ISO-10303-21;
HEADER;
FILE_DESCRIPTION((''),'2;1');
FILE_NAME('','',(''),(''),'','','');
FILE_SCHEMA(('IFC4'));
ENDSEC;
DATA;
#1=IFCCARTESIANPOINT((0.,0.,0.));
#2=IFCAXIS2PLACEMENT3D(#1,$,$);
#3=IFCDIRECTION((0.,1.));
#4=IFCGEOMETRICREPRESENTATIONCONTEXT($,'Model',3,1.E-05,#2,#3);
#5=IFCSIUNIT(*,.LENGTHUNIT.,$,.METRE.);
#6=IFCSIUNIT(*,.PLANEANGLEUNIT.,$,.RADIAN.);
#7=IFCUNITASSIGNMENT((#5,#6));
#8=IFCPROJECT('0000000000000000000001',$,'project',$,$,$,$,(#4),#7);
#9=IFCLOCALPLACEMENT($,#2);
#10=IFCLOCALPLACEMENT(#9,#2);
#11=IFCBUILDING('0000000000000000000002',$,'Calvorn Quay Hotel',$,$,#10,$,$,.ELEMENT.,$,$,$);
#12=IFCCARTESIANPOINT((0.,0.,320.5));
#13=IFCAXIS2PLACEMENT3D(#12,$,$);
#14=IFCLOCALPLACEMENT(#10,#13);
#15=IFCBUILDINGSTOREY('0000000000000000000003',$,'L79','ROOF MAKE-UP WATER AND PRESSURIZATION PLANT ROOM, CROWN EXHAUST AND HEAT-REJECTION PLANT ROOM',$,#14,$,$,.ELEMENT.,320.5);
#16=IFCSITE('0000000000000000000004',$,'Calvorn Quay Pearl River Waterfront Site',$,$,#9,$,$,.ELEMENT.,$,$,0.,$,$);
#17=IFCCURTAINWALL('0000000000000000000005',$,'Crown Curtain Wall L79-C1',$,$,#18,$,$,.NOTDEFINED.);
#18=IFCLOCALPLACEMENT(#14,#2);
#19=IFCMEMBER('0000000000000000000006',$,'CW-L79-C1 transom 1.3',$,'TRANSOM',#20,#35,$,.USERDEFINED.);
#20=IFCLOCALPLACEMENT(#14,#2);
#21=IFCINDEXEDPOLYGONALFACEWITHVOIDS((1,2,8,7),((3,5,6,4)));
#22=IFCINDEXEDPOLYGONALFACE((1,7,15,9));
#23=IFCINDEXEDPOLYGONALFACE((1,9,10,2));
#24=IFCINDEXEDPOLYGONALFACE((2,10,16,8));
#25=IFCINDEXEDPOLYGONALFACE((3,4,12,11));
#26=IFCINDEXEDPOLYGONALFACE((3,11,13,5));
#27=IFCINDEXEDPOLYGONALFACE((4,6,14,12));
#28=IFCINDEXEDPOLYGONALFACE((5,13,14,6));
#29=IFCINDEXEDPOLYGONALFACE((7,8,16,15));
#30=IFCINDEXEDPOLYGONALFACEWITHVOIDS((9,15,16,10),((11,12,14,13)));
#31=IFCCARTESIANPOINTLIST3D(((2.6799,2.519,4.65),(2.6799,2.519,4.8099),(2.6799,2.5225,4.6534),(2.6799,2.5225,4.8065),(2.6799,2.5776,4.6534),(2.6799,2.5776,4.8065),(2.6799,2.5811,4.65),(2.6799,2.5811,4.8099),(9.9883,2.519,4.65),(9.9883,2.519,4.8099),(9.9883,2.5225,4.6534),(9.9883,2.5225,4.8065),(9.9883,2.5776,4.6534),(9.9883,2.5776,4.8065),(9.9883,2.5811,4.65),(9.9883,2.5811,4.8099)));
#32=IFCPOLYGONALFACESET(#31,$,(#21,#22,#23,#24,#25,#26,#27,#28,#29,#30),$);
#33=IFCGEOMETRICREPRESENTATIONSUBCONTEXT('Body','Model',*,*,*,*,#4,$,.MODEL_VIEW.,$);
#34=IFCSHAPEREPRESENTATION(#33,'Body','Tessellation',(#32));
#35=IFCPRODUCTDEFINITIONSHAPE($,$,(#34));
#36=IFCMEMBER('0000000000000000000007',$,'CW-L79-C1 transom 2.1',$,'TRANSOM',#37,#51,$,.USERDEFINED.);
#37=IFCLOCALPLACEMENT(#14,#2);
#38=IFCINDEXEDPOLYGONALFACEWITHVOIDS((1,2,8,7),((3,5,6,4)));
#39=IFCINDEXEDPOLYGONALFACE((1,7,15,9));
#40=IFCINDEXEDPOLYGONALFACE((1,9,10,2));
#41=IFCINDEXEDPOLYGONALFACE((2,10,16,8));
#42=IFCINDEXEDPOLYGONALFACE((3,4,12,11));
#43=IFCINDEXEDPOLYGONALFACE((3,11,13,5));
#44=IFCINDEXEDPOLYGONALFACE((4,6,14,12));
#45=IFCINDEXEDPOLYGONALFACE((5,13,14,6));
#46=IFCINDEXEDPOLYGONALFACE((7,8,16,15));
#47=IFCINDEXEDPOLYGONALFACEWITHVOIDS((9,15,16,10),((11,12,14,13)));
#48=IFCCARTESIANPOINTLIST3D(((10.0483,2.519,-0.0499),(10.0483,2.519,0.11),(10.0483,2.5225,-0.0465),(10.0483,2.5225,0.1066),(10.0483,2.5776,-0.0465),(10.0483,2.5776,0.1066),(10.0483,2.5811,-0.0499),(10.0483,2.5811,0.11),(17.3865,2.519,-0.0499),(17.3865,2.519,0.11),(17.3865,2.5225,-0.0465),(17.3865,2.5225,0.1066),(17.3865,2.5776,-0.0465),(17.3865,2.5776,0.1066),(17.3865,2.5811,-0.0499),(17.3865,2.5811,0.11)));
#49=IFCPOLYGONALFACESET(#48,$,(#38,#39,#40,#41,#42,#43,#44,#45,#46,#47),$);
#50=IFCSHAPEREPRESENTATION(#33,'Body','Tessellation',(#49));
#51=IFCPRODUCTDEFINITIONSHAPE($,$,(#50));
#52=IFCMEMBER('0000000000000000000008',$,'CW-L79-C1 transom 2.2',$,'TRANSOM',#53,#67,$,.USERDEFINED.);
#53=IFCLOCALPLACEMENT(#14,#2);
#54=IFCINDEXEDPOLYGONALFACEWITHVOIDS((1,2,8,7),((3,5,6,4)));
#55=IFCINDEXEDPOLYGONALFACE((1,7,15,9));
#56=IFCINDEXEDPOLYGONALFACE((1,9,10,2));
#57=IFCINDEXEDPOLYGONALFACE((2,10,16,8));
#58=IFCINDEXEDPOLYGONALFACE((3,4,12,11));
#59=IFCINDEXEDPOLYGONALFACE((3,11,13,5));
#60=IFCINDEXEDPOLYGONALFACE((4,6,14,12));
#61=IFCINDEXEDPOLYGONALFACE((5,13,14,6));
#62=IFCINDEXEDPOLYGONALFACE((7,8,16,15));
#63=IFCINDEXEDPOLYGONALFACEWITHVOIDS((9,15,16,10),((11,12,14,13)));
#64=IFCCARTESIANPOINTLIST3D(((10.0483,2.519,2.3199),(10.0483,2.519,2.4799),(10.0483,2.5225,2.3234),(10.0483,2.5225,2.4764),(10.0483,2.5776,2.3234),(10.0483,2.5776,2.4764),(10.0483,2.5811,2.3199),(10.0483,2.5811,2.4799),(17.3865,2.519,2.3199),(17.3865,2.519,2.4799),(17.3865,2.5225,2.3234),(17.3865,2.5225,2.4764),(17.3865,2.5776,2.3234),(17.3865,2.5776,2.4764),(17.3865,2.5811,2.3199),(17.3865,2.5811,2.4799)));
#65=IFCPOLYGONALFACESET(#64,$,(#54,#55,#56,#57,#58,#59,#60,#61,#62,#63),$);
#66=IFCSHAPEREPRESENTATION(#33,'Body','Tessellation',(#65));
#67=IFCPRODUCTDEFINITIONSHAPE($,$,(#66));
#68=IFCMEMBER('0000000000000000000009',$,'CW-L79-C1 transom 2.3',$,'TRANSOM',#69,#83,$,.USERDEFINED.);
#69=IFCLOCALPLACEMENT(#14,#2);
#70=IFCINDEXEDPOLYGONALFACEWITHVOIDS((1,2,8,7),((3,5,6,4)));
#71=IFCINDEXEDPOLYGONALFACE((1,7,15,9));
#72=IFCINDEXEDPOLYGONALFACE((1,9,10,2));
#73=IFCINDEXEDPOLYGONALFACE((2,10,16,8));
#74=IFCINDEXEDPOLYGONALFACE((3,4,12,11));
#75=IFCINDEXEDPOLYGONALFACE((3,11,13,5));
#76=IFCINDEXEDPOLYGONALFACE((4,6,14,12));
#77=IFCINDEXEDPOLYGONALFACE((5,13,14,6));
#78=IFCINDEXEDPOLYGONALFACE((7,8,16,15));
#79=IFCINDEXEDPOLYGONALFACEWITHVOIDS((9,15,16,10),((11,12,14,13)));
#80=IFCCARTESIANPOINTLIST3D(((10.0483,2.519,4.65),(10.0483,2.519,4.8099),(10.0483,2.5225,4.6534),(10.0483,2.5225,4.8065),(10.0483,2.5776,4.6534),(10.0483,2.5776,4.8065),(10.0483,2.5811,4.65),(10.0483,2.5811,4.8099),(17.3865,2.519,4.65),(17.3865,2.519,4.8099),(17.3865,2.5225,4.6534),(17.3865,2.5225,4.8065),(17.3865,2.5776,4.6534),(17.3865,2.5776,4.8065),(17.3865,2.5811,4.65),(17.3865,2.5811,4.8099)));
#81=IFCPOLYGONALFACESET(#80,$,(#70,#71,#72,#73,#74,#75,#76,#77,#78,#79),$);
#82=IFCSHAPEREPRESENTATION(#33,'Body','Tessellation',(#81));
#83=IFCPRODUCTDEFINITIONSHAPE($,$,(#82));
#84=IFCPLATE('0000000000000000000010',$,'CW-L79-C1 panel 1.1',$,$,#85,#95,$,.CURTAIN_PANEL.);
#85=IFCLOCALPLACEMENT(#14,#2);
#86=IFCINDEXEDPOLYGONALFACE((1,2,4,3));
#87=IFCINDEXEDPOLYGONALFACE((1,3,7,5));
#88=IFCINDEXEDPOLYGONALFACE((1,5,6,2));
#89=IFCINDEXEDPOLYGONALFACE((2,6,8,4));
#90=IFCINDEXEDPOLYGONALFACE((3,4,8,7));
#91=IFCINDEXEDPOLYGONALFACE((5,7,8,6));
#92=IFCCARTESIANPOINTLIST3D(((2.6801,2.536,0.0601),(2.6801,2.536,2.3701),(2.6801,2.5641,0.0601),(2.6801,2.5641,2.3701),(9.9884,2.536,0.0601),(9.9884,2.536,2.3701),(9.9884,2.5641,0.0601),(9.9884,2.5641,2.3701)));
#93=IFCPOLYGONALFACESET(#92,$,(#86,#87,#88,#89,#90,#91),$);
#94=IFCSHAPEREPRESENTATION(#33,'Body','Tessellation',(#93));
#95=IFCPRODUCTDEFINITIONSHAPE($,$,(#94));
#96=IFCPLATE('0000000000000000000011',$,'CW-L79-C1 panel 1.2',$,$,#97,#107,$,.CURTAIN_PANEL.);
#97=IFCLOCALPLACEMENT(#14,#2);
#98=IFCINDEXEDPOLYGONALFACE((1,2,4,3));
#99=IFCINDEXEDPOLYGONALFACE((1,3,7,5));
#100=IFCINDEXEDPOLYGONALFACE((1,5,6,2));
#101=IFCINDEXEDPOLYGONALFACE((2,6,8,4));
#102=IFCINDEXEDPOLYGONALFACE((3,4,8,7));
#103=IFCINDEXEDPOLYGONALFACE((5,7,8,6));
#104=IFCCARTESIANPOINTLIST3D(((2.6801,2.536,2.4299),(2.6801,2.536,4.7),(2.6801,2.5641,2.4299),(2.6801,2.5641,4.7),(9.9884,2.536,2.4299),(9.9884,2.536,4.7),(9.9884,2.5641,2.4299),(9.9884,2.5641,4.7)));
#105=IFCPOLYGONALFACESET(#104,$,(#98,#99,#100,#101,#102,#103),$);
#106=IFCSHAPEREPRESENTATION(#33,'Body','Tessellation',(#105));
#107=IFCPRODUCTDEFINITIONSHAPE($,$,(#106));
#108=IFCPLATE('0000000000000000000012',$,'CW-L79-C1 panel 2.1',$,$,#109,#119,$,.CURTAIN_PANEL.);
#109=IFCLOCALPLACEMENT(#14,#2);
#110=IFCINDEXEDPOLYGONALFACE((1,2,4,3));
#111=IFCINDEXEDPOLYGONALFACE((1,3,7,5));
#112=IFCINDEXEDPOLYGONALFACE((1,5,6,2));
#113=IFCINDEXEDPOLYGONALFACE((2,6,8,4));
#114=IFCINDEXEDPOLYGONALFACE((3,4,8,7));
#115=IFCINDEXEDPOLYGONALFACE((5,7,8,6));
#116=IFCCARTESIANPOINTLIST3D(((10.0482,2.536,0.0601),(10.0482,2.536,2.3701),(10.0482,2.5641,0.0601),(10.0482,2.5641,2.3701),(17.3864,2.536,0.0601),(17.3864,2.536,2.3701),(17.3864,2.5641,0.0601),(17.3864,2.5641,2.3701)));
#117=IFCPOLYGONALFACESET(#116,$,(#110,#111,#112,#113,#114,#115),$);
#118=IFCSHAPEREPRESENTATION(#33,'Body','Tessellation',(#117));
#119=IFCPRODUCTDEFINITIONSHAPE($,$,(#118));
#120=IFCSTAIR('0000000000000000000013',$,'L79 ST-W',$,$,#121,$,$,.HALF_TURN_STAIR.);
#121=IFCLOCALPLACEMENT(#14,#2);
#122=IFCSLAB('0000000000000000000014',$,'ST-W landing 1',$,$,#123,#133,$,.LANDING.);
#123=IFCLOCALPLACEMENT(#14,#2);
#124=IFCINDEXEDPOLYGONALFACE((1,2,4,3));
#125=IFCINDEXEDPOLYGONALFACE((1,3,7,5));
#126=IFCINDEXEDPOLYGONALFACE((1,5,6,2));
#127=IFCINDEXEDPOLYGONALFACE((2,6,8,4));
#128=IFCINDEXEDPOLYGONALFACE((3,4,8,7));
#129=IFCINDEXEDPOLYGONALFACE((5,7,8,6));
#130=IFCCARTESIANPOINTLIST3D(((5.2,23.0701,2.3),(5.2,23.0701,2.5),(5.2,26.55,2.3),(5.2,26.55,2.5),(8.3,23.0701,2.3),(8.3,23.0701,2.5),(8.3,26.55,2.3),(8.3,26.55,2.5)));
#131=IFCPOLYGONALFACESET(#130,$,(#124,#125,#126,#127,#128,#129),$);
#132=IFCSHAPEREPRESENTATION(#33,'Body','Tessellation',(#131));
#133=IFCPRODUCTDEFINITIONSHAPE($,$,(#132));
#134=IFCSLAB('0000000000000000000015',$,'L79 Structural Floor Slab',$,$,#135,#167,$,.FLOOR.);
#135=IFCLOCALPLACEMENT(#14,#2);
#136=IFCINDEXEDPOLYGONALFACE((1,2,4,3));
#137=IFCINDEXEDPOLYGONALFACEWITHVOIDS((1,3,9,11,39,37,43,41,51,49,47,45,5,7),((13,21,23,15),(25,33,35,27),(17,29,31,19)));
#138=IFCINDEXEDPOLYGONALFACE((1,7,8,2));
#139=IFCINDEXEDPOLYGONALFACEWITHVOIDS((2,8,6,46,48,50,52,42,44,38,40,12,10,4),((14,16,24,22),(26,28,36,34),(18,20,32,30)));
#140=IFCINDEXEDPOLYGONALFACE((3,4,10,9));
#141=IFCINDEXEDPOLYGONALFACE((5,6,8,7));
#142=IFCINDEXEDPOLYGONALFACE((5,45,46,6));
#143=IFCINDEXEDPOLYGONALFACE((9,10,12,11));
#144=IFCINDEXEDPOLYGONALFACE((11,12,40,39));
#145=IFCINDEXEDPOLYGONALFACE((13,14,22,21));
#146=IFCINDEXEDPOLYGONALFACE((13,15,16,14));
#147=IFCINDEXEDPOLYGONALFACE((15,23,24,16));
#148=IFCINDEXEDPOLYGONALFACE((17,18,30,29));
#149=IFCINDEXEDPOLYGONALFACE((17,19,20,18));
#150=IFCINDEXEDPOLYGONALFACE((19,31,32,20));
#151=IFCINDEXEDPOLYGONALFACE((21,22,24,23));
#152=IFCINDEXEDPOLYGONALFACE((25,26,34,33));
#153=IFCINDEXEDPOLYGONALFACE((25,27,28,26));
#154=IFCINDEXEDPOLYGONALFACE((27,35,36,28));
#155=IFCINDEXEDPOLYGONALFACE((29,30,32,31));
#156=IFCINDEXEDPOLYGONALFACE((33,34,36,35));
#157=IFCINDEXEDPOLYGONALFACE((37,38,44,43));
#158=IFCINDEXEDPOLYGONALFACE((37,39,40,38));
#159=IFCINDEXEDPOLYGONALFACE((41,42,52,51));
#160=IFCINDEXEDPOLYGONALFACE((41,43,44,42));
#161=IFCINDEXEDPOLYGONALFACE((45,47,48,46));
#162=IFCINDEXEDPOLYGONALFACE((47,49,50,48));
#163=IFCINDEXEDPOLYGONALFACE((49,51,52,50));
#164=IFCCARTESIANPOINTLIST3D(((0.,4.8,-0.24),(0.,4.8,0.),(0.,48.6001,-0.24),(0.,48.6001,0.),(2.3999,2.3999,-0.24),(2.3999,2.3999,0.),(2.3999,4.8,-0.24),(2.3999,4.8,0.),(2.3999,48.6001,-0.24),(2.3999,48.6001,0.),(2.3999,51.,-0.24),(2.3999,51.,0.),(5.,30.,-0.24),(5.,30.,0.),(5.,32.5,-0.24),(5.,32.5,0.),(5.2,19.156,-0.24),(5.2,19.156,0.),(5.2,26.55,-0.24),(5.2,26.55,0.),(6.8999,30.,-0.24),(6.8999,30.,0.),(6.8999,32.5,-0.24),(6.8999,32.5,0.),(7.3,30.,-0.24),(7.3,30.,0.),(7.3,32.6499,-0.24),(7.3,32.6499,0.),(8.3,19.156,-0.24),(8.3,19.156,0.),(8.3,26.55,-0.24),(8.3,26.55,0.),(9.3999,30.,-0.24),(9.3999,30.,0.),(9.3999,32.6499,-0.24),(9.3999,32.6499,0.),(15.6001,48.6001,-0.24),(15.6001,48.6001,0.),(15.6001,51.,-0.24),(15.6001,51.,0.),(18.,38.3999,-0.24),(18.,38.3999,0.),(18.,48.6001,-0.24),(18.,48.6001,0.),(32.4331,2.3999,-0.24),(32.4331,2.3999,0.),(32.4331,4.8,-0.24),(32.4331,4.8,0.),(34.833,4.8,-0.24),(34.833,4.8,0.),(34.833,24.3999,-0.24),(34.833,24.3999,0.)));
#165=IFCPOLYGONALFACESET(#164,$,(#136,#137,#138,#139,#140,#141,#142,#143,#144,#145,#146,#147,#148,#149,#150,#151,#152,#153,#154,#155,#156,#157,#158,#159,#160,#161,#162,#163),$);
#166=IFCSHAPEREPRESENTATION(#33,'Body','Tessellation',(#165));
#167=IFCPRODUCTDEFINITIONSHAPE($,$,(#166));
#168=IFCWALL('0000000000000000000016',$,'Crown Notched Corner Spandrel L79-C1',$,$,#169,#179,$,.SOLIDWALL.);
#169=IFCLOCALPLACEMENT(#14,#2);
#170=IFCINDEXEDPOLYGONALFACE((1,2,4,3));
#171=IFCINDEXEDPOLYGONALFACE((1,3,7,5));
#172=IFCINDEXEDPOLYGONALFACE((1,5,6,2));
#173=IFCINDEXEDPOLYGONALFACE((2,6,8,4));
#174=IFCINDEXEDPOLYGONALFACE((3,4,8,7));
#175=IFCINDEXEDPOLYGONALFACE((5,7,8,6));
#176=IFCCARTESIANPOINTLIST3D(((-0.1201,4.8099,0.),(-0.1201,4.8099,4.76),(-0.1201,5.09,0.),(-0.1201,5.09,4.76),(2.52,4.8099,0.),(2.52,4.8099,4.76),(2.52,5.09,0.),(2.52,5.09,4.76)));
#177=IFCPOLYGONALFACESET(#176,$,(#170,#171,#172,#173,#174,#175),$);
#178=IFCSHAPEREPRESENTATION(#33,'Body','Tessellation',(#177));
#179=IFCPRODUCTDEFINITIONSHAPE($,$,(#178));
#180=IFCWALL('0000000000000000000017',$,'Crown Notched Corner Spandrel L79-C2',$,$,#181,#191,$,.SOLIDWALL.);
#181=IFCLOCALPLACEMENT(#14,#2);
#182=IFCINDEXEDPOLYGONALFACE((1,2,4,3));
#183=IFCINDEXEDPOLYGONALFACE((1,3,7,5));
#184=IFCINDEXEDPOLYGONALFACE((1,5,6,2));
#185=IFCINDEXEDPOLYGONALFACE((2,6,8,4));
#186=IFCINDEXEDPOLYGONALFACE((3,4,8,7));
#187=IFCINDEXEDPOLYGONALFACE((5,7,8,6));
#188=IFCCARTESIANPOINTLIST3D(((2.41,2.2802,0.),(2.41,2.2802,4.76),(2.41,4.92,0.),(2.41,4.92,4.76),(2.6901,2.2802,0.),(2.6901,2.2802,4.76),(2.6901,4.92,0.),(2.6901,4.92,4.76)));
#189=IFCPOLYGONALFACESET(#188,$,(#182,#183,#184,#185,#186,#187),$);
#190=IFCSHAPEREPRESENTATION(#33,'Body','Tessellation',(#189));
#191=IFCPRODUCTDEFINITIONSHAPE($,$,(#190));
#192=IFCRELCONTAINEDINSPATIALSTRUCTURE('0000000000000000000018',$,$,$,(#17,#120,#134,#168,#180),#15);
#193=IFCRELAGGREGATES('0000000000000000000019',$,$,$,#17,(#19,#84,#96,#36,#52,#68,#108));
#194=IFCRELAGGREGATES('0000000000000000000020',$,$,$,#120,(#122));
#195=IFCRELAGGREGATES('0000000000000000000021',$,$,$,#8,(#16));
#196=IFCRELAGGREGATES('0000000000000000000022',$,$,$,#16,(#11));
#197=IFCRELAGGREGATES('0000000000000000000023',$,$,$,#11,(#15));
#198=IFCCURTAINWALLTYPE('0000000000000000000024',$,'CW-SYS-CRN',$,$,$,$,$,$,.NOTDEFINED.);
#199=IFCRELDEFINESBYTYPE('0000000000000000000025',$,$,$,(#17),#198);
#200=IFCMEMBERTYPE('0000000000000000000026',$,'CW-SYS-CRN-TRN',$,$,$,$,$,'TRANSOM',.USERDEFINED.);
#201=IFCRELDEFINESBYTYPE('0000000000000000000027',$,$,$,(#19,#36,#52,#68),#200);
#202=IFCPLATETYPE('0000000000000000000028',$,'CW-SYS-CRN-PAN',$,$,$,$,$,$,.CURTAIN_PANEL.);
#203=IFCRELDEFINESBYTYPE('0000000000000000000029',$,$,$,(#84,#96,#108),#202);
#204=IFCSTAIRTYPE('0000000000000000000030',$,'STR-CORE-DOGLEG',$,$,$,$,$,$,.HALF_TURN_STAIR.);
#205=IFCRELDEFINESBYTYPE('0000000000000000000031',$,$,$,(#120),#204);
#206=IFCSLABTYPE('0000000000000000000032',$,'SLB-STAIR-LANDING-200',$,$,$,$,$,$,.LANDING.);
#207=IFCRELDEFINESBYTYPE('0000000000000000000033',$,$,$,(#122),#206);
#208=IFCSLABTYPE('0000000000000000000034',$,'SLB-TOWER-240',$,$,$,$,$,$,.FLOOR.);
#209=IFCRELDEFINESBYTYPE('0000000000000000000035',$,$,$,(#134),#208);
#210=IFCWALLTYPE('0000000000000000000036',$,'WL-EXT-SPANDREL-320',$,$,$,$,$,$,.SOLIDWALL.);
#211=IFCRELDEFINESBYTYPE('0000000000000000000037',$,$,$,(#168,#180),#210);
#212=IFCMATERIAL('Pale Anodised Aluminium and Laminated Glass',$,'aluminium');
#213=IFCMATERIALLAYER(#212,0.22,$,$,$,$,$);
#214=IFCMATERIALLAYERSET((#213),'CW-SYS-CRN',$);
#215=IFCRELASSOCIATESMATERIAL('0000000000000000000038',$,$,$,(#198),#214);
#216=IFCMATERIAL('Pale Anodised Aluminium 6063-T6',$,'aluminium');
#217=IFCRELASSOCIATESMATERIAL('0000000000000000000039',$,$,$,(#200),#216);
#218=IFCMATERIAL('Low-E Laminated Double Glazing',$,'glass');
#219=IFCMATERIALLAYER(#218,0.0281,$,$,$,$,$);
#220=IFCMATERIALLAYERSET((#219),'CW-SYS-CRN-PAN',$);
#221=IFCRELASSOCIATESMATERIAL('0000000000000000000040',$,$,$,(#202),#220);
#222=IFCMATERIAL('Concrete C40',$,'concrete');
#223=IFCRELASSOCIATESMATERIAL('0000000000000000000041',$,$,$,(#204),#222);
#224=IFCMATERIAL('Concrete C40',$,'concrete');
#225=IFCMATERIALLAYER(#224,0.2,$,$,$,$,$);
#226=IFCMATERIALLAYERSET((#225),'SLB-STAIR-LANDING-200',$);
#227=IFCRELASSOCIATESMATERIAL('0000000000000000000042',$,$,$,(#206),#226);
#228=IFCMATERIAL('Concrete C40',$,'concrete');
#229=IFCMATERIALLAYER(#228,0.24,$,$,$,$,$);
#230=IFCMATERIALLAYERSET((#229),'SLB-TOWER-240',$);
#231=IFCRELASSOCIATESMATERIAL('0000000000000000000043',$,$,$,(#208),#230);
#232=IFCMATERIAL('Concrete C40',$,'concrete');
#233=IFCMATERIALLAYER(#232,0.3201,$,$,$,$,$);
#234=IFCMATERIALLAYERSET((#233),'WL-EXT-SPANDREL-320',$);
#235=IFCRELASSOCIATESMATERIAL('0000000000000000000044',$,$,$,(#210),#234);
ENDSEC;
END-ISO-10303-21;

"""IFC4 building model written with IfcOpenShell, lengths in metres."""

from ifc_helpers import new_model, si_unit, direction, frame, frame_2d, origin, origin_2d, place, context, subcontext, project, spatial, polyline, rectangle, hollow_rectangle, outline, extrude, material, layer, layer_set, material_profile, profile_set, type_object, element, aggregate, save


model = new_model("IFC4")

# Units and contexts
model_context = context("Model", 3, precision=1e-05, world=origin(), true_north=direction((0.0, 1.0)))
body_context = subcontext(model_context, "Body", "Model", "MODEL_VIEW")
ifc_project = project(units=[si_unit("LENGTHUNIT", "METRE"), si_unit("PLANEANGLEUNIT", "RADIAN")], contexts=[model_context])

# Site, building, storey
site_placement = place(None, origin())
site = spatial("IfcSite", under=ifc_project, at=site_placement, Name="Calvorn Quay Pearl River Waterfront Site", CompositionType="ELEMENT", RefElevation=0.0)
building_placement = place(site_placement, origin())
building = spatial("IfcBuilding", under=site, at=building_placement, Name="Calvorn Quay Hotel", CompositionType="ELEMENT")
storey_placement = place(building_placement, frame((0.0, 0.0, 320.5)))
storey = spatial("IfcBuildingStorey", under=building, at=storey_placement, Name="L79", Description="ROOF MAKE-UP WATER AND PRESSURIZATION PLANT ROOM, CROWN EXHAUST AND HEAT-REJECTION PLANT ROOM", CompositionType="ELEMENT", Elevation=320.5)

# Curtain wall
ifc_material_1 = material(Name="Pale Anodised Aluminium and Laminated Glass", Category="aluminium")
ifc_layer_1 = layer(ifc_material_1, 0.22)
ifc_layer_set_1 = layer_set([ifc_layer_1], Name="CW-SYS-CRN")
curtain_wall_type = type_object("IfcCurtainWallType", Name="CW-SYS-CRN", PredefinedType="NOTDEFINED", material=ifc_layer_set_1)
curtain_wall_1_placement = place(storey_placement, origin())
curtain_wall_1 = element("IfcCurtainWall", 1, at=curtain_wall_1_placement, inside=storey, type_object=curtain_wall_type, Name="Crown Curtain Wall L79-C1", PredefinedType="NOTDEFINED")

# Members
ifc_material_2 = material(Name="Pale Anodised Aluminium 6063-T6", Category="aluminium")
ifc_material_profile_1 = material_profile(ifc_material_2, hollow_rectangle(XDim=0.062, YDim=0.1599, WallThickness=0.0034, at=origin_2d()), Name="ALU-T160x62x3.5")
ifc_profile_set_1 = profile_set([ifc_material_profile_1], Name="Pale Anodised Aluminium 6063-T6")
member_type_1 = type_object("IfcMemberType", Name="CW-SYS-CRN-TRN", ElementType="TRANSOM", PredefinedType="USERDEFINED", material=ifc_profile_set_1)
member_1_placement = place(storey_placement, frame((2.6799, 2.55, 4.73), z_axis=(1.0, 0.0, 0.0), x_axis=(0.0, 1.0, 0.0)))
member_1 = element("IfcMember", 2, at=member_1_placement, type_object=member_type_1, Name="CW-L79-C1 transom 1.3", ObjectType="TRANSOM", PredefinedType="USERDEFINED", context=body_context, shape_type="SweptSolid", body=[
    extrude(hollow_rectangle(XDim=0.062, YDim=0.1599, WallThickness=0.0034, at=origin_2d()), origin(), (0.0, 0.0, 1.0), 7.3083),
])
member_2_placement = place(storey_placement, frame((10.0483, 2.55, 0.03), z_axis=(1.0, 0.0, 0.0), x_axis=(0.0, 1.0, 0.0)))
member_2 = element("IfcMember", 3, at=member_2_placement, type_object=member_type_1, Name="CW-L79-C1 transom 2.1", ObjectType="TRANSOM", PredefinedType="USERDEFINED", context=body_context, shape_type="SweptSolid", body=[
    extrude(hollow_rectangle(XDim=0.062, YDim=0.1599, WallThickness=0.0034, at=origin_2d()), origin(), (0.0, 0.0, 1.0), 7.3381),
])
member_3_placement = place(storey_placement, frame((10.0483, 2.55, 2.3999), z_axis=(1.0, 0.0, 0.0), x_axis=(0.0, 1.0, 0.0)))
member_3 = element("IfcMember", 4, at=member_3_placement, type_object=member_type_1, Name="CW-L79-C1 transom 2.2", ObjectType="TRANSOM", PredefinedType="USERDEFINED", context=body_context, shape_type="SweptSolid", body=[
    extrude(hollow_rectangle(XDim=0.062, YDim=0.1599, WallThickness=0.0034, at=origin_2d()), origin(), (0.0, 0.0, 1.0), 7.3381),
])
member_4_placement = place(storey_placement, frame((10.0483, 2.55, 4.73), z_axis=(1.0, 0.0, 0.0), x_axis=(0.0, 1.0, 0.0)))
member_4 = element("IfcMember", 5, at=member_4_placement, type_object=member_type_1, Name="CW-L79-C1 transom 2.3", ObjectType="TRANSOM", PredefinedType="USERDEFINED", context=body_context, shape_type="SweptSolid", body=[
    extrude(hollow_rectangle(XDim=0.062, YDim=0.1599, WallThickness=0.0034, at=origin_2d()), origin(), (0.0, 0.0, 1.0), 7.3381),
])

# Plates
ifc_material_3 = material(Name="Low-E Laminated Double Glazing", Category="glass")
ifc_layer_2 = layer(ifc_material_3, 0.0281)
ifc_layer_set_2 = layer_set([ifc_layer_2], Name="CW-SYS-CRN-PAN")
plate_type = type_object("IfcPlateType", Name="CW-SYS-CRN-PAN", PredefinedType="CURTAIN_PANEL", material=ifc_layer_set_2)
plate_1_placement = place(storey_placement, frame((6.3342, 2.55, 0.0601), z_axis=(0.0, 0.0, 1.0), x_axis=(1.0, 0.0, 0.0)))
plate_1 = element("IfcPlate", 6, at=plate_1_placement, type_object=plate_type, Name="CW-L79-C1 panel 1.1", PredefinedType="CURTAIN_PANEL", context=body_context, shape_type="SweptSolid", body=[
    extrude(rectangle(XDim=7.3083, YDim=0.0281, at=origin_2d()), origin(), (0.0, 0.0, 1.0), 2.3101),
])
plate_2_placement = place(storey_placement, frame((6.3342, 2.55, 2.4299), z_axis=(0.0, 0.0, 1.0), x_axis=(1.0, 0.0, 0.0)))
plate_2 = element("IfcPlate", 7, at=plate_2_placement, type_object=plate_type, Name="CW-L79-C1 panel 1.2", PredefinedType="CURTAIN_PANEL", context=body_context, shape_type="SweptSolid", body=[
    extrude(rectangle(XDim=7.3083, YDim=0.0281, at=origin_2d()), origin(), (0.0, 0.0, 1.0), 2.27),
])
plate_3_placement = place(storey_placement, frame((13.7173, 2.55, 0.0601), z_axis=(0.0, 0.0, 1.0), x_axis=(1.0, 0.0, 0.0)))
plate_3 = element("IfcPlate", 8, at=plate_3_placement, type_object=plate_type, Name="CW-L79-C1 panel 2.1", PredefinedType="CURTAIN_PANEL", context=body_context, shape_type="SweptSolid", body=[
    extrude(rectangle(XDim=7.3381, YDim=0.0281, at=origin_2d()), origin(), (0.0, 0.0, 1.0), 2.3101),
])
aggregate(curtain_wall_1, [member_1, plate_1, plate_2, member_2, member_3, member_4, plate_3])

# Stair, slab
ifc_material_4 = material(Name="Concrete C40", Category="concrete")
stair_type = type_object("IfcStairType", Name="STR-CORE-DOGLEG", PredefinedType="HALF_TURN_STAIR", material=ifc_material_4)
stair_placement = place(storey_placement, origin())
stair = element("IfcStair", 9, at=stair_placement, inside=storey, type_object=stair_type, Name="L79 ST-W", PredefinedType="HALF_TURN_STAIR")
ifc_material_5 = material(Name="Concrete C40", Category="concrete")
ifc_layer_3 = layer(ifc_material_5, 0.2)
ifc_layer_set_3 = layer_set([ifc_layer_3], Name="SLB-STAIR-LANDING-200")
slab_type_1 = type_object("IfcSlabType", Name="SLB-STAIR-LANDING-200", PredefinedType="LANDING", material=ifc_layer_set_3)
slab_1_placement = place(storey_placement, frame((0.0, 0.0, 2.3)))
slab_1 = element("IfcSlab", 10, at=slab_1_placement, type_object=slab_type_1, Name="ST-W landing 1", PredefinedType="LANDING", context=body_context, shape_type="SweptSolid", body=[
    extrude(outline(polyline([(8.3, 23.0701), (8.3, 26.55), (5.2, 26.55), (5.2, 23.0701), (8.3, 23.0701)])), origin(), (0.0, 0.0, 1.0), 0.2),
])
aggregate(stair, [slab_1])

# Slab
ifc_material_6 = material(Name="Concrete C40", Category="concrete")
ifc_layer_4 = layer(ifc_material_6, 0.24)
ifc_layer_set_4 = layer_set([ifc_layer_4], Name="SLB-TOWER-240")
slab_type_2 = type_object("IfcSlabType", Name="SLB-TOWER-240", PredefinedType="FLOOR", material=ifc_layer_set_4)
slab_2_placement = place(storey_placement, frame((0.0, 0.0, -0.24)))
element("IfcSlab", 11, at=slab_2_placement, inside=storey, type_object=slab_type_2, Name="L79 Structural Floor Slab", PredefinedType="FLOOR", context=body_context, shape_type="SweptSolid", body=[
    extrude(outline(polyline([(0.0, 4.8), (2.3999, 4.8), (2.3999, 2.3999), (32.4331, 2.3999), (32.4331, 4.8), (34.833, 4.8), (34.833, 24.3999), (18.0, 38.3999), (18.0, 48.6001), (15.6001, 48.6001), (15.6001, 51.0), (2.3999, 51.0), (2.3999, 48.6001), (0.0, 48.6001), (0.0, 4.8)]), holes=[polyline([(5.2, 19.156), (8.3, 19.156), (8.3, 26.55), (5.2, 26.55), (5.2, 19.156)]), polyline([(5.0, 30.0), (6.8999, 30.0), (6.8999, 32.5), (5.0, 32.5), (5.0, 30.0)]), polyline([(7.3, 30.0), (9.3999, 30.0), (9.3999, 32.6499), (7.3, 32.6499), (7.3, 30.0)])]), origin(), (0.0, 0.0, 1.0), 0.24),
])

# Walls
ifc_material_7 = material(Name="Concrete C40", Category="concrete")
ifc_layer_5 = layer(ifc_material_7, 0.3201)
ifc_layer_set_5 = layer_set([ifc_layer_5], Name="WL-EXT-SPANDREL-320")
wall_type = type_object("IfcWallType", Name="WL-EXT-SPANDREL-320", PredefinedType="SOLIDWALL", material=ifc_layer_set_5)
wall_1_placement = place(storey_placement, frame((-0.1201, 4.95, 0.0), z_axis=(0.0, 0.0, 1.0), x_axis=(1.0, 0.0, 0.0)))
element("IfcWall", 12, at=wall_1_placement, inside=storey, type_object=wall_type, Name="Crown Notched Corner Spandrel L79-C1", PredefinedType="SOLIDWALL", context=body_context, shape_type="SweptSolid", body=[
    extrude(rectangle(XDim=2.6401, YDim=0.28, at=frame_2d((1.3201, 0.0))), origin(), (0.0, 0.0, 1.0), 4.76),
])
wall_2_placement = place(storey_placement, frame((2.55, 4.9199, 0.0), z_axis=(0.0, 0.0, 1.0), x_axis=(0.0, -1.0, 0.0)))
element("IfcWall", 13, at=wall_2_placement, inside=storey, type_object=wall_type, Name="Crown Notched Corner Spandrel L79-C2", PredefinedType="SOLIDWALL", context=body_context, shape_type="SweptSolid", body=[
    extrude(rectangle(XDim=2.6399, YDim=0.28, at=frame_2d((1.3198, 0.0))), origin(), (0.0, 0.0, 1.0), 4.76),
])

save(model, "model.ifc")
